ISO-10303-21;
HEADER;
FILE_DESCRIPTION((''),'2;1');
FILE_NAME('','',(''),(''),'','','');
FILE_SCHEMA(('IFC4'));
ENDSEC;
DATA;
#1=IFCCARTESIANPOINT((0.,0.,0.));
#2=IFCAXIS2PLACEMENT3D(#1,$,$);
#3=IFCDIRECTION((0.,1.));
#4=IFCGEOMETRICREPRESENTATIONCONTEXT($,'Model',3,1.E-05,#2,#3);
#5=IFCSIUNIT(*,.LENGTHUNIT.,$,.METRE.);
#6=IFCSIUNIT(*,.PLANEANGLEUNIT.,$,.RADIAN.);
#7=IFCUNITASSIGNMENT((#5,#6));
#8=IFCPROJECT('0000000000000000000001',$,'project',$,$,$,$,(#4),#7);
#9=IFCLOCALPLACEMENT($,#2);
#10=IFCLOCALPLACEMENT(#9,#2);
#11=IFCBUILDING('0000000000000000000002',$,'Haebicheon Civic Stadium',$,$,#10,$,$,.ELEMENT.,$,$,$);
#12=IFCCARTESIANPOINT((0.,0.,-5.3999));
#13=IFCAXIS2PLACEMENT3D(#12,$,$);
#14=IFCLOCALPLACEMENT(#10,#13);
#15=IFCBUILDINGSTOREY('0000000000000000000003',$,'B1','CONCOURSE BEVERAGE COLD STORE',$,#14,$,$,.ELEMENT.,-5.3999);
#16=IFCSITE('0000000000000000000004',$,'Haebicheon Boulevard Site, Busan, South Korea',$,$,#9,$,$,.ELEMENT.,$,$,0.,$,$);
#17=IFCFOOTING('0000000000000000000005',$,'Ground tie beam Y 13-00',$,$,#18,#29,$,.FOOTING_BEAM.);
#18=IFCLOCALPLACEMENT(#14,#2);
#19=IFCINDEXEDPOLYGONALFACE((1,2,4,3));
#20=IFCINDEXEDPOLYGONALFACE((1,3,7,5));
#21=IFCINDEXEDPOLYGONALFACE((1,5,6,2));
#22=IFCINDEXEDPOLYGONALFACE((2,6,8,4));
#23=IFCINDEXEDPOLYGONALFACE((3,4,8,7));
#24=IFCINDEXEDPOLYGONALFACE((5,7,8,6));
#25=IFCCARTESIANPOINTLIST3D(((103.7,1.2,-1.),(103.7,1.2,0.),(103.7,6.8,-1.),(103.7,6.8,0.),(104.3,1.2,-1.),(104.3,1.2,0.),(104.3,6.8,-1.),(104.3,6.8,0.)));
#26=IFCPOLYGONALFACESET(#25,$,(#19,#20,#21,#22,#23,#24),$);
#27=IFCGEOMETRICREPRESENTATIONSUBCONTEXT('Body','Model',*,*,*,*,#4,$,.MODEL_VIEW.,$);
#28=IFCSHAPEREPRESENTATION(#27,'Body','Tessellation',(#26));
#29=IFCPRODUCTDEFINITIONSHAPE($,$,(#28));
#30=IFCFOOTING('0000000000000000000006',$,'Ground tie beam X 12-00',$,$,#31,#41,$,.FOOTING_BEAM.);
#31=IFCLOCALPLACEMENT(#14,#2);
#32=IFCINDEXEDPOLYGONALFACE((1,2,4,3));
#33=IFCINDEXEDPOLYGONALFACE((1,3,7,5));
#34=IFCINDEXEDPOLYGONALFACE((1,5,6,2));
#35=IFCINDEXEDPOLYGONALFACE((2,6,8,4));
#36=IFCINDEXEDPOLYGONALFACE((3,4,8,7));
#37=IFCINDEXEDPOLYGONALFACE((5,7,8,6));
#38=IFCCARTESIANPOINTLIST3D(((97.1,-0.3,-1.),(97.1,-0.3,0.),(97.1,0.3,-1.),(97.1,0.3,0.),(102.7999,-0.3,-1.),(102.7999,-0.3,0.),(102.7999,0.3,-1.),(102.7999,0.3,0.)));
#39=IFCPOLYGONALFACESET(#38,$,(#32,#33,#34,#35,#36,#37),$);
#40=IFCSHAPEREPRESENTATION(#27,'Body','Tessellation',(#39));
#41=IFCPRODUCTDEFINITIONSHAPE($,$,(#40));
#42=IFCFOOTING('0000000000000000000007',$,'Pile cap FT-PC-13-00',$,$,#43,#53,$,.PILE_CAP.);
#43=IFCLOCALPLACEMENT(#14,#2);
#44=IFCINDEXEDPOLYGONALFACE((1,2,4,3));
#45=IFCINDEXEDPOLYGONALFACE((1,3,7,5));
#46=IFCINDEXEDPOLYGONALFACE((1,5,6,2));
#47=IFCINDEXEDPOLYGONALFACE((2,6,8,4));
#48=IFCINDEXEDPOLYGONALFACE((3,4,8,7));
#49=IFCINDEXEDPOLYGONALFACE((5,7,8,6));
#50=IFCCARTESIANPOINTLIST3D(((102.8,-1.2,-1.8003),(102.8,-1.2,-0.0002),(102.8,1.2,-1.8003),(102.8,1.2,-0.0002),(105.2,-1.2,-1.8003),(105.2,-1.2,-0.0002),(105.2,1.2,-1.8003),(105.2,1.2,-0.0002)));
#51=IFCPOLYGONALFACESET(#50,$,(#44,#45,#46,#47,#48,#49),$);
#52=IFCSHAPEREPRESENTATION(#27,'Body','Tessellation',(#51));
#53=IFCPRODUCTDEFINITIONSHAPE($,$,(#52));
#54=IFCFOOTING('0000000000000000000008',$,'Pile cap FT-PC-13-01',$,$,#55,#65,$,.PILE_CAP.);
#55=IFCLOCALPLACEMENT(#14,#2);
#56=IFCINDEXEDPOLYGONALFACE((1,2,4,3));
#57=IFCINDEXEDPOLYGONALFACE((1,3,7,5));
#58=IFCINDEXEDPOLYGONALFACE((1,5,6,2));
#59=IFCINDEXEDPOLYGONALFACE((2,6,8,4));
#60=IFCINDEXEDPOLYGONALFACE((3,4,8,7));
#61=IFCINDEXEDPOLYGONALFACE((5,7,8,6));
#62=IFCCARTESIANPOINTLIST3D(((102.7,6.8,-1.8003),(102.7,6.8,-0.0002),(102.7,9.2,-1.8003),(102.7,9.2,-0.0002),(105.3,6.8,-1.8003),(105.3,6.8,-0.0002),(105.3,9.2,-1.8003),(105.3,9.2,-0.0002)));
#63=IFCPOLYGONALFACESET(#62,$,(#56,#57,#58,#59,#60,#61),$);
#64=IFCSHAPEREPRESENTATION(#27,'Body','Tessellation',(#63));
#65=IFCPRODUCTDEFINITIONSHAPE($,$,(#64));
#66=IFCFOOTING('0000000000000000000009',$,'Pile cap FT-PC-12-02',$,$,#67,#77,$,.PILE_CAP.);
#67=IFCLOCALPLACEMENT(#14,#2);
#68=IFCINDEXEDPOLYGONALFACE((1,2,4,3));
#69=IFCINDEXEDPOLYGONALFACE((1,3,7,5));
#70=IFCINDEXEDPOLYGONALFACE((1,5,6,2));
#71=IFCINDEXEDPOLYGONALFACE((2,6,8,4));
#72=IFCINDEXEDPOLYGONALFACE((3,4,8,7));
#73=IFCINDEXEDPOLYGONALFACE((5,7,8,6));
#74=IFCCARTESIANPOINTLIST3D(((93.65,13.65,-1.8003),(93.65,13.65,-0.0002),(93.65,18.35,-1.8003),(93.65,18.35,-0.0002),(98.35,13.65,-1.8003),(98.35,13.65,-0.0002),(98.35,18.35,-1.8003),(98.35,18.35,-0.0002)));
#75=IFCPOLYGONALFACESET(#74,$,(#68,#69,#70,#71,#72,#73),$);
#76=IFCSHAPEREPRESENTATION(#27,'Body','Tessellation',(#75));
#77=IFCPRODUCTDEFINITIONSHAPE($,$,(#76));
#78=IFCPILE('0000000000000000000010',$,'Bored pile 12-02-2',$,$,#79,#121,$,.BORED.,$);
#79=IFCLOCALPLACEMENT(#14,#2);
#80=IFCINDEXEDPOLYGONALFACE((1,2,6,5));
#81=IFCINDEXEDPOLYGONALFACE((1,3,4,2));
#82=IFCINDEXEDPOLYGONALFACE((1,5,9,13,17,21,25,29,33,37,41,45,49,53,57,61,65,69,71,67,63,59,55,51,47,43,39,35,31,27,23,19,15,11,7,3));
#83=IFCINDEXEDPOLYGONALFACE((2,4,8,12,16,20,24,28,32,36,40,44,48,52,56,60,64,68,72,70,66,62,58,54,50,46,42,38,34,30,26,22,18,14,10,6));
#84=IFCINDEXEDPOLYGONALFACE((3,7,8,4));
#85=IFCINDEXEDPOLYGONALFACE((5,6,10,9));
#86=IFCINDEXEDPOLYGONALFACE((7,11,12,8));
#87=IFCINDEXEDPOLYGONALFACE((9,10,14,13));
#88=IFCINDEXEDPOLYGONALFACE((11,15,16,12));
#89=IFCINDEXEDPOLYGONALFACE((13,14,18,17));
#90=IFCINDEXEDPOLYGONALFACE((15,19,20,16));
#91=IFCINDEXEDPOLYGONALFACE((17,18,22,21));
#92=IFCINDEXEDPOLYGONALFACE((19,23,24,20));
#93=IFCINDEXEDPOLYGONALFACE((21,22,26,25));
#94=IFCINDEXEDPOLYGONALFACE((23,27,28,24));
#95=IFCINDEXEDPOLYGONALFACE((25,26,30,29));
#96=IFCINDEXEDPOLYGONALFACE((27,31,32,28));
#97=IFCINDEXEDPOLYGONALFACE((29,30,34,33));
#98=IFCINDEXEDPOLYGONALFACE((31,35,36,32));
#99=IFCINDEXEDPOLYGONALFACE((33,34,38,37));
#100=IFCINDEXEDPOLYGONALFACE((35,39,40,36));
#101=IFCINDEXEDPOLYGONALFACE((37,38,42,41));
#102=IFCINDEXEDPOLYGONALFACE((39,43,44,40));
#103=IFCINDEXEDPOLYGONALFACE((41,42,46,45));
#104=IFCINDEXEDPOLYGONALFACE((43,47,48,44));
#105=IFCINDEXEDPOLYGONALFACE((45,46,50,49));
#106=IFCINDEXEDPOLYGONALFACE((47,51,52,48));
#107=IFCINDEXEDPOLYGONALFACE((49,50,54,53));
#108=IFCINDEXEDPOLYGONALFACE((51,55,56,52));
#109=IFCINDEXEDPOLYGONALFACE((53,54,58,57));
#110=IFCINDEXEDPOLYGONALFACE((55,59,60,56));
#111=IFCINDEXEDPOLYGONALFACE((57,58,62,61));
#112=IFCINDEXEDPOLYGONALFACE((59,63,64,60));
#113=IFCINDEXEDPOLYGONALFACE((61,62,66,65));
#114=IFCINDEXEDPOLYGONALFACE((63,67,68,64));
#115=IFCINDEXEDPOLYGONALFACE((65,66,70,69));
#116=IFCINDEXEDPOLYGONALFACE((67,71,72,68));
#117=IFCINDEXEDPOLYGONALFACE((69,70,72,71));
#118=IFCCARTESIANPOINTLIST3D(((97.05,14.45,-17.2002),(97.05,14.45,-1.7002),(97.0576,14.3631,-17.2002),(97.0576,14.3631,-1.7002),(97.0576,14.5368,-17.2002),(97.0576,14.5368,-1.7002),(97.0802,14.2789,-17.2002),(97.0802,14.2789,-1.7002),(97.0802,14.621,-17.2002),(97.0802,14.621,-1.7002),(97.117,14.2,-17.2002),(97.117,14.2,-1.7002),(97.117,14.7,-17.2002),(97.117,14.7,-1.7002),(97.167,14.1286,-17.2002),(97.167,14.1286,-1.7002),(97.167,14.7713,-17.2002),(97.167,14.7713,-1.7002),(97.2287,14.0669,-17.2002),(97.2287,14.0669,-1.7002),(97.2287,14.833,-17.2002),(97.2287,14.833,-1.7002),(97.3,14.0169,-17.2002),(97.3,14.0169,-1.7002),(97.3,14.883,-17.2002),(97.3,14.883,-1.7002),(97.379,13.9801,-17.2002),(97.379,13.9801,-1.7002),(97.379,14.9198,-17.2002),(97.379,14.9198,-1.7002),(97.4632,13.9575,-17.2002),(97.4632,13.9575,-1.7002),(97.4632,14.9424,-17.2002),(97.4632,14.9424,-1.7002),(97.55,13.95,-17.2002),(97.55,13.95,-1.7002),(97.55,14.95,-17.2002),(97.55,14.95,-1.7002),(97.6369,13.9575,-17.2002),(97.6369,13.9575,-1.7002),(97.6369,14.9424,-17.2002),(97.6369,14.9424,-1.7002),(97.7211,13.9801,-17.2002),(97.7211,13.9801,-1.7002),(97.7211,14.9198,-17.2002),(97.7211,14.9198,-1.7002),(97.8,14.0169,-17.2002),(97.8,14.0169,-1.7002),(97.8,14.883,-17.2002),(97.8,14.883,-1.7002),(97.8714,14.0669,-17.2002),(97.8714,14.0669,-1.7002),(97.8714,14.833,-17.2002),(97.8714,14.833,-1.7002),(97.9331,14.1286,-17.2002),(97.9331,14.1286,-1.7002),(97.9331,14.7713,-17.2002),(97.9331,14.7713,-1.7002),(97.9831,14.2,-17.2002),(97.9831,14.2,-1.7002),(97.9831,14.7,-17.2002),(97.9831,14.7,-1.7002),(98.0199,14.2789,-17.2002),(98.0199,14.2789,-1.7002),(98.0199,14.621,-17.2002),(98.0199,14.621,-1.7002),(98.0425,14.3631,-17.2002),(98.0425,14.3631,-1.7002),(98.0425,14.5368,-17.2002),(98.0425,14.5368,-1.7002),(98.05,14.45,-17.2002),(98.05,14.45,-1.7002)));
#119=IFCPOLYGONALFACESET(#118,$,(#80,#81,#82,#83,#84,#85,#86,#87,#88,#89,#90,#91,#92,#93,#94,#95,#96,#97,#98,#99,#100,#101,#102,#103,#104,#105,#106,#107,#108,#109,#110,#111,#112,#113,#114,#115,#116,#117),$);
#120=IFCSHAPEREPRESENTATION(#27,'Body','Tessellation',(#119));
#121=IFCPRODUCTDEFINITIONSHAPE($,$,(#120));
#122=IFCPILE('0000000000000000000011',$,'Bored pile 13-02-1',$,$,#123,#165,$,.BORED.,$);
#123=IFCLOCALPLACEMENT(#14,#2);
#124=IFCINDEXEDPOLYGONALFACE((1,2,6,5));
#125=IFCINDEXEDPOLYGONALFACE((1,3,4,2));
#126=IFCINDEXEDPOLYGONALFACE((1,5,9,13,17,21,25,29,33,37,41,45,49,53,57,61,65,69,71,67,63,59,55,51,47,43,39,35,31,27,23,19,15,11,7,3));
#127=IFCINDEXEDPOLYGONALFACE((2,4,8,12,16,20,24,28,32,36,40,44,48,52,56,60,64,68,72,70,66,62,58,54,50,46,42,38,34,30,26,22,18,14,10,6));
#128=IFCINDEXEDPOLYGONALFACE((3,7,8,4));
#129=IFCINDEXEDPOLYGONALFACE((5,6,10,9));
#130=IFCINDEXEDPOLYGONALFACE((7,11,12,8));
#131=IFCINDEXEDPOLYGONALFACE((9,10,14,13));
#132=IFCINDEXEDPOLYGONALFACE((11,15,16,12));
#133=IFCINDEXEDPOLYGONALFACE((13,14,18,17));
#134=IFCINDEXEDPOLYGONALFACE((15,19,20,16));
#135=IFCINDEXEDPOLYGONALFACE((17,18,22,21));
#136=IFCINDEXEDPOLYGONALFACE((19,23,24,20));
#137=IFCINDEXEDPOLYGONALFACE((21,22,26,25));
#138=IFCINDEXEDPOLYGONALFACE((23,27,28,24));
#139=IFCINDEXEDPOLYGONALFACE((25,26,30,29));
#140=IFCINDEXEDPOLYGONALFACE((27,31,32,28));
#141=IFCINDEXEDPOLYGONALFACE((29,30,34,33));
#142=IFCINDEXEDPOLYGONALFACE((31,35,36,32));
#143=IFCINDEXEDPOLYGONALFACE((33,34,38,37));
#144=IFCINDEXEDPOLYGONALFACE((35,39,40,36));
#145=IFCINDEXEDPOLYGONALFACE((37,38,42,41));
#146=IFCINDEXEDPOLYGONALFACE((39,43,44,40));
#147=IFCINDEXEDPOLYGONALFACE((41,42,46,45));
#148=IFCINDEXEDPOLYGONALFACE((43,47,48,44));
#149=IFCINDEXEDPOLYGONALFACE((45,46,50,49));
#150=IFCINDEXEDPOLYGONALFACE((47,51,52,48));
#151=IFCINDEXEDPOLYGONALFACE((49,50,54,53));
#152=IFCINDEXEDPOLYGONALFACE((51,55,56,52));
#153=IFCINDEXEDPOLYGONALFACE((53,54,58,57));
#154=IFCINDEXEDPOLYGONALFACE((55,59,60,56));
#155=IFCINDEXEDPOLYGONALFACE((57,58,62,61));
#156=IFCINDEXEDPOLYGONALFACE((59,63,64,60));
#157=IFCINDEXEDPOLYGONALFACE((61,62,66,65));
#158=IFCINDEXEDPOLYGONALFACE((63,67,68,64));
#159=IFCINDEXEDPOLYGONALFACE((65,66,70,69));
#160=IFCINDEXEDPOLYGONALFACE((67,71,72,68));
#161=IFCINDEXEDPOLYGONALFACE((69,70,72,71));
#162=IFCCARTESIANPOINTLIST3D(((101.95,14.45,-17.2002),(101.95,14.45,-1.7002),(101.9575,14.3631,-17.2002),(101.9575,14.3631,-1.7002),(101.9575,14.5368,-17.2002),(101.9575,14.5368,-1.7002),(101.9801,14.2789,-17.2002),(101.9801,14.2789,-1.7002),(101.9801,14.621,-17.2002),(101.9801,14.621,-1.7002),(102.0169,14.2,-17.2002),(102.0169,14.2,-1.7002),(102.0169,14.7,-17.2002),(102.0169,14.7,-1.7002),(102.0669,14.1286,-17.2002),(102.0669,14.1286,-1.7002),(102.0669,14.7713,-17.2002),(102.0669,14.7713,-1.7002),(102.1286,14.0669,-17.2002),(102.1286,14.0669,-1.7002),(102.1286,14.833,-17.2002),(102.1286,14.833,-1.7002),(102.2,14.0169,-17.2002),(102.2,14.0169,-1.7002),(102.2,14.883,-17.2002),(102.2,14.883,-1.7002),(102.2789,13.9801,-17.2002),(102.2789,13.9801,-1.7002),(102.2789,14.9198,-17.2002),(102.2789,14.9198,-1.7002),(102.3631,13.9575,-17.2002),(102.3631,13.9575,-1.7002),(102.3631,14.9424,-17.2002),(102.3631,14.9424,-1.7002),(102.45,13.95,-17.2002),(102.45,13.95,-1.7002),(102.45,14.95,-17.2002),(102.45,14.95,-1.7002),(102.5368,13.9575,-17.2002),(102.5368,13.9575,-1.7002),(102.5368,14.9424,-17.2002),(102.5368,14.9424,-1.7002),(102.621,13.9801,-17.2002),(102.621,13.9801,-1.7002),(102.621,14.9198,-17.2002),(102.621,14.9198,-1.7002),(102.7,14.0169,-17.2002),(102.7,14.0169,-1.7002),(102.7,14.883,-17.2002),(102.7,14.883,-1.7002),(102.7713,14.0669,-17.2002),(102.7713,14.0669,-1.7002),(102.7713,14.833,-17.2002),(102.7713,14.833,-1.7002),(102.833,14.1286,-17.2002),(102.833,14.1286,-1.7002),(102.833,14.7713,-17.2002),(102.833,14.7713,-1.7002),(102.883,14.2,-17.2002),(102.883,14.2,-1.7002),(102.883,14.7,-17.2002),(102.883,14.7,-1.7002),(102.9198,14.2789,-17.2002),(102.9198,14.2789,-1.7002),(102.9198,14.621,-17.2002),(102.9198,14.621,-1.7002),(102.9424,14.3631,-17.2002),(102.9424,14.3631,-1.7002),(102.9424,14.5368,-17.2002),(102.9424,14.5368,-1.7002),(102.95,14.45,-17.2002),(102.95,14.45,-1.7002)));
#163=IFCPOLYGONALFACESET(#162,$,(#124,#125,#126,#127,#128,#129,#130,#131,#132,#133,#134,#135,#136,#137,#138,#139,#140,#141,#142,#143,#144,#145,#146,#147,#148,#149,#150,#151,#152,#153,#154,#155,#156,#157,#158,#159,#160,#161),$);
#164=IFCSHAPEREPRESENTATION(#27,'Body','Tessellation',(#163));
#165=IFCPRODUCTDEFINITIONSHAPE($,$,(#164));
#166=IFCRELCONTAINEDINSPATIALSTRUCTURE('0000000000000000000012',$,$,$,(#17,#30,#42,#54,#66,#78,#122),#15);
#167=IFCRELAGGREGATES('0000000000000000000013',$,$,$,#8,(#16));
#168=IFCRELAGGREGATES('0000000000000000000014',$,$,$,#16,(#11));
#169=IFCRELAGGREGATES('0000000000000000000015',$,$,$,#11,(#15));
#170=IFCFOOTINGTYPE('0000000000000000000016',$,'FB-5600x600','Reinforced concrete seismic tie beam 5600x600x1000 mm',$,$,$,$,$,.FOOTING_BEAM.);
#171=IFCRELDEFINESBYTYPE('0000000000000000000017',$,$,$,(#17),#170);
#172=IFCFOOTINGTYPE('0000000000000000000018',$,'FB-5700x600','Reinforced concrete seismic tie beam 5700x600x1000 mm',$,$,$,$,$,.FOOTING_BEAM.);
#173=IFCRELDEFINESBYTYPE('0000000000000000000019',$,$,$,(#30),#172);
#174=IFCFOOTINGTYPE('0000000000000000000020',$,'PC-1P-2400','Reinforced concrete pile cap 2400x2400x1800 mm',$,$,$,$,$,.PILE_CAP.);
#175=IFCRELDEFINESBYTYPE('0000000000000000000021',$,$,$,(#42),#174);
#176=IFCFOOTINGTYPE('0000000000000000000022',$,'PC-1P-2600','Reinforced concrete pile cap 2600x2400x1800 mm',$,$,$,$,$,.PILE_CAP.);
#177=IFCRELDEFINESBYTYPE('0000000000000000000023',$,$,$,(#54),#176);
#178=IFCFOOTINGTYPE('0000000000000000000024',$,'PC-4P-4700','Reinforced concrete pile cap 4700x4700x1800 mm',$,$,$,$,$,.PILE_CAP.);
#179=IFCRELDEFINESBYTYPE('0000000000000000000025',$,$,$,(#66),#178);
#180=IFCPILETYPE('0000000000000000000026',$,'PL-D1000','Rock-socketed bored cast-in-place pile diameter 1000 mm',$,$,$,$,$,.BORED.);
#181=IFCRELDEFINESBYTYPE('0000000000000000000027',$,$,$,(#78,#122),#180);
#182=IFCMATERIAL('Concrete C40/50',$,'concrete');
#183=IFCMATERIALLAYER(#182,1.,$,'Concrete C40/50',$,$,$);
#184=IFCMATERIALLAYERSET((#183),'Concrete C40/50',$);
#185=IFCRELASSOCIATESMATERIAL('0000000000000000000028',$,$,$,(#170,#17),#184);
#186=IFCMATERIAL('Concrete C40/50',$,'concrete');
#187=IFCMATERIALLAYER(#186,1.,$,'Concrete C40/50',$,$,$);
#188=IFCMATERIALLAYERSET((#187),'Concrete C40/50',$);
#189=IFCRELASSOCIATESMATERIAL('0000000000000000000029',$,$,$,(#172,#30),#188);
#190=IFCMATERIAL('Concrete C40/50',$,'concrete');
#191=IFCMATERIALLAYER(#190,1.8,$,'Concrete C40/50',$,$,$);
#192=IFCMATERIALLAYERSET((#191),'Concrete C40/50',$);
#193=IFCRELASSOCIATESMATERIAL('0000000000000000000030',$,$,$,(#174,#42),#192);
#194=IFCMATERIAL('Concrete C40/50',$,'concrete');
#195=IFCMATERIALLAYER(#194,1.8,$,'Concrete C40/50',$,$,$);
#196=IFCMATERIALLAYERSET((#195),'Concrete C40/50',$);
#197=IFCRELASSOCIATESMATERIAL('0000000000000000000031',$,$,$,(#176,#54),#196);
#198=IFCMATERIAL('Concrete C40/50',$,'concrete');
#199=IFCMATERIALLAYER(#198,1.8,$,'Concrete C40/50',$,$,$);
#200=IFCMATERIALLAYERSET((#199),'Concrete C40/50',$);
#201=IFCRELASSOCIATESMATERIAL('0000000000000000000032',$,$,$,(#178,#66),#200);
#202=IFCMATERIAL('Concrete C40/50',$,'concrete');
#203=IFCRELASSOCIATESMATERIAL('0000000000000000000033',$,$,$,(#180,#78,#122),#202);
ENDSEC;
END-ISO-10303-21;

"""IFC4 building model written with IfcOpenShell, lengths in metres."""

from ifc_helpers import new_model, si_unit, direction, frame, origin, origin_2d, place, context, subcontext, project, spatial, rectangle, circle, extrude, material, layer, layer_set, material_profile, profile_set, type_object, element, save


model = new_model("IFC4")

# Units and contexts
model_context = context("Model", 3, precision=1e-05, world=origin(), true_north=direction((0.0, 1.0)))
body_context = subcontext(model_context, "Body", "Model", "MODEL_VIEW")
ifc_project = project(units=[si_unit("LENGTHUNIT", "METRE"), si_unit("PLANEANGLEUNIT", "RADIAN")], contexts=[model_context])

# Site, building, storey
site_placement = place(None, origin())
site = spatial("IfcSite", under=ifc_project, at=site_placement, Name="Haebicheon Boulevard Site, Busan, South Korea", CompositionType="ELEMENT", RefElevation=0.0)
building_placement = place(site_placement, origin())
building = spatial("IfcBuilding", under=site, at=building_placement, Name="Haebicheon Civic Stadium", CompositionType="ELEMENT")
storey_placement = place(building_placement, frame((0.0, 0.0, -5.3999)))
storey = spatial("IfcBuildingStorey", under=building, at=storey_placement, Name="B1", Description="CONCOURSE BEVERAGE COLD STORE", CompositionType="ELEMENT", Elevation=-5.3999)

# Footings
ifc_material_1 = material(Name="Concrete C40/50", Category="concrete")
ifc_layer_1 = layer(ifc_material_1, 1.0, Name="Concrete C40/50")
ifc_layer_set_1 = layer_set([ifc_layer_1], Name="Concrete C40/50")
footing_type_1 = type_object("IfcFootingType", Name="FB-5600x600", Description="Reinforced concrete seismic tie beam 5600x600x1000 mm", PredefinedType="FOOTING_BEAM", material=ifc_layer_set_1)
footing_1_placement = place(storey_placement, frame((104.0, 4.0, -1.0), z_axis=(0.0, 0.0, 1.0), x_axis=(0.0, 1.0, 0.0)))
element("IfcFooting", 1, at=footing_1_placement, inside=storey, type_object=footing_type_1, material=ifc_layer_set_1, Name="Ground tie beam Y 13-00", PredefinedType="FOOTING_BEAM", context=body_context, shape_type="SweptSolid", body=[
    extrude(rectangle(XDim=5.6001, YDim=0.6001, at=origin_2d()), origin(), (0.0, 0.0, 1.0), 1.0),
])
ifc_material_2 = material(Name="Concrete C40/50", Category="concrete")
ifc_layer_2 = layer(ifc_material_2, 1.0, Name="Concrete C40/50")
ifc_layer_set_2 = layer_set([ifc_layer_2], Name="Concrete C40/50")
footing_type_2 = type_object("IfcFootingType", Name="FB-5700x600", Description="Reinforced concrete seismic tie beam 5700x600x1000 mm", PredefinedType="FOOTING_BEAM", material=ifc_layer_set_2)
footing_2_placement = place(storey_placement, frame((99.95, 0.0, -1.0), z_axis=(0.0, 0.0, 1.0), x_axis=(1.0, 0.0, 0.0)))
element("IfcFooting", 2, at=footing_2_placement, inside=storey, type_object=footing_type_2, material=ifc_layer_set_2, Name="Ground tie beam X 12-00", PredefinedType="FOOTING_BEAM", context=body_context, shape_type="SweptSolid", body=[
    extrude(rectangle(XDim=5.7, YDim=0.6001, at=origin_2d()), origin(), (0.0, 0.0, 1.0), 1.0),
])
ifc_material_3 = material(Name="Concrete C40/50", Category="concrete")
ifc_layer_3 = layer(ifc_material_3, 1.8, Name="Concrete C40/50")
ifc_layer_set_3 = layer_set([ifc_layer_3], Name="Concrete C40/50")
footing_type_3 = type_object("IfcFootingType", Name="PC-1P-2400", Description="Reinforced concrete pile cap 2400x2400x1800 mm", PredefinedType="PILE_CAP", material=ifc_layer_set_3)
footing_3_placement = place(storey_placement, frame((104.0, 0.0, -1.8003), z_axis=(0.0, 0.0, 1.0), x_axis=(1.0, 0.0, 0.0)))
element("IfcFooting", 3, at=footing_3_placement, inside=storey, type_object=footing_type_3, material=ifc_layer_set_3, Name="Pile cap FT-PC-13-00", PredefinedType="PILE_CAP", context=body_context, shape_type="SweptSolid", body=[
    extrude(rectangle(XDim=2.3999, YDim=2.3999, at=origin_2d()), origin(), (0.0, 0.0, 1.0), 1.8),
])
ifc_material_4 = material(Name="Concrete C40/50", Category="concrete")
ifc_layer_4 = layer(ifc_material_4, 1.8, Name="Concrete C40/50")
ifc_layer_set_4 = layer_set([ifc_layer_4], Name="Concrete C40/50")
footing_type_4 = type_object("IfcFootingType", Name="PC-1P-2600", Description="Reinforced concrete pile cap 2600x2400x1800 mm", PredefinedType="PILE_CAP", material=ifc_layer_set_4)
footing_4_placement = place(storey_placement, frame((104.0, 8.0, -1.8003), z_axis=(0.0, 0.0, 1.0), x_axis=(1.0, 0.0, 0.0)))
element("IfcFooting", 4, at=footing_4_placement, inside=storey, type_object=footing_type_4, material=ifc_layer_set_4, Name="Pile cap FT-PC-13-01", PredefinedType="PILE_CAP", context=body_context, shape_type="SweptSolid", body=[
    extrude(rectangle(XDim=2.6001, YDim=2.3999, at=origin_2d()), origin(), (0.0, 0.0, 1.0), 1.8),
])
ifc_material_5 = material(Name="Concrete C40/50", Category="concrete")
ifc_layer_5 = layer(ifc_material_5, 1.8, Name="Concrete C40/50")
ifc_layer_set_5 = layer_set([ifc_layer_5], Name="Concrete C40/50")
footing_type_5 = type_object("IfcFootingType", Name="PC-4P-4700", Description="Reinforced concrete pile cap 4700x4700x1800 mm", PredefinedType="PILE_CAP", material=ifc_layer_set_5)
footing_5_placement = place(storey_placement, frame((96.0, 16.0, -1.8003), z_axis=(0.0, 0.0, 1.0), x_axis=(1.0, 0.0, 0.0)))
element("IfcFooting", 5, at=footing_5_placement, inside=storey, type_object=footing_type_5, material=ifc_layer_set_5, Name="Pile cap FT-PC-12-02", PredefinedType="PILE_CAP", context=body_context, shape_type="SweptSolid", body=[
    extrude(rectangle(XDim=4.7, YDim=4.7, at=origin_2d()), origin(), (0.0, 0.0, 1.0), 1.8),
])

# Piles
ifc_material_6 = material(Name="Concrete C40/50", Category="concrete")
ifc_material_profile_1 = material_profile(ifc_material_6, circle(Radius=0.5, at=origin_2d()), Name="PILE-D1000")
ifc_profile_set_1 = profile_set([ifc_material_profile_1], Name="Concrete C40/50")
pile_type_1 = type_object("IfcPileType", Name="PL-D1000", Description="Rock-socketed bored cast-in-place pile diameter 1000 mm", PredefinedType="BORED", material=ifc_profile_set_1)
for number, where, z_axis, x_axis, name in (
    (6, (97.55, 14.45, -1.7002), (0.0, 0.0, -1.0), (1.0, 0.0, 0.0), "Bored pile 12-02-2"),
    (7, (102.45, 14.45, -1.7002), (0.0, 0.0, -1.0), (1.0, 0.0, 0.0), "Bored pile 13-02-1"),
):
    element("IfcPile", number, at=place(storey_placement, frame(where, z_axis=z_axis, x_axis=x_axis)), inside=storey, type_object=pile_type_1, material=ifc_profile_set_1, Name=name, PredefinedType="BORED", context=body_context, shape_type="SweptSolid", body=[
        extrude(circle(Radius=0.5, at=origin_2d()), origin(), (0.0, 0.0, 1.0), 15.5),
    ])

save(model, "model.ifc")
